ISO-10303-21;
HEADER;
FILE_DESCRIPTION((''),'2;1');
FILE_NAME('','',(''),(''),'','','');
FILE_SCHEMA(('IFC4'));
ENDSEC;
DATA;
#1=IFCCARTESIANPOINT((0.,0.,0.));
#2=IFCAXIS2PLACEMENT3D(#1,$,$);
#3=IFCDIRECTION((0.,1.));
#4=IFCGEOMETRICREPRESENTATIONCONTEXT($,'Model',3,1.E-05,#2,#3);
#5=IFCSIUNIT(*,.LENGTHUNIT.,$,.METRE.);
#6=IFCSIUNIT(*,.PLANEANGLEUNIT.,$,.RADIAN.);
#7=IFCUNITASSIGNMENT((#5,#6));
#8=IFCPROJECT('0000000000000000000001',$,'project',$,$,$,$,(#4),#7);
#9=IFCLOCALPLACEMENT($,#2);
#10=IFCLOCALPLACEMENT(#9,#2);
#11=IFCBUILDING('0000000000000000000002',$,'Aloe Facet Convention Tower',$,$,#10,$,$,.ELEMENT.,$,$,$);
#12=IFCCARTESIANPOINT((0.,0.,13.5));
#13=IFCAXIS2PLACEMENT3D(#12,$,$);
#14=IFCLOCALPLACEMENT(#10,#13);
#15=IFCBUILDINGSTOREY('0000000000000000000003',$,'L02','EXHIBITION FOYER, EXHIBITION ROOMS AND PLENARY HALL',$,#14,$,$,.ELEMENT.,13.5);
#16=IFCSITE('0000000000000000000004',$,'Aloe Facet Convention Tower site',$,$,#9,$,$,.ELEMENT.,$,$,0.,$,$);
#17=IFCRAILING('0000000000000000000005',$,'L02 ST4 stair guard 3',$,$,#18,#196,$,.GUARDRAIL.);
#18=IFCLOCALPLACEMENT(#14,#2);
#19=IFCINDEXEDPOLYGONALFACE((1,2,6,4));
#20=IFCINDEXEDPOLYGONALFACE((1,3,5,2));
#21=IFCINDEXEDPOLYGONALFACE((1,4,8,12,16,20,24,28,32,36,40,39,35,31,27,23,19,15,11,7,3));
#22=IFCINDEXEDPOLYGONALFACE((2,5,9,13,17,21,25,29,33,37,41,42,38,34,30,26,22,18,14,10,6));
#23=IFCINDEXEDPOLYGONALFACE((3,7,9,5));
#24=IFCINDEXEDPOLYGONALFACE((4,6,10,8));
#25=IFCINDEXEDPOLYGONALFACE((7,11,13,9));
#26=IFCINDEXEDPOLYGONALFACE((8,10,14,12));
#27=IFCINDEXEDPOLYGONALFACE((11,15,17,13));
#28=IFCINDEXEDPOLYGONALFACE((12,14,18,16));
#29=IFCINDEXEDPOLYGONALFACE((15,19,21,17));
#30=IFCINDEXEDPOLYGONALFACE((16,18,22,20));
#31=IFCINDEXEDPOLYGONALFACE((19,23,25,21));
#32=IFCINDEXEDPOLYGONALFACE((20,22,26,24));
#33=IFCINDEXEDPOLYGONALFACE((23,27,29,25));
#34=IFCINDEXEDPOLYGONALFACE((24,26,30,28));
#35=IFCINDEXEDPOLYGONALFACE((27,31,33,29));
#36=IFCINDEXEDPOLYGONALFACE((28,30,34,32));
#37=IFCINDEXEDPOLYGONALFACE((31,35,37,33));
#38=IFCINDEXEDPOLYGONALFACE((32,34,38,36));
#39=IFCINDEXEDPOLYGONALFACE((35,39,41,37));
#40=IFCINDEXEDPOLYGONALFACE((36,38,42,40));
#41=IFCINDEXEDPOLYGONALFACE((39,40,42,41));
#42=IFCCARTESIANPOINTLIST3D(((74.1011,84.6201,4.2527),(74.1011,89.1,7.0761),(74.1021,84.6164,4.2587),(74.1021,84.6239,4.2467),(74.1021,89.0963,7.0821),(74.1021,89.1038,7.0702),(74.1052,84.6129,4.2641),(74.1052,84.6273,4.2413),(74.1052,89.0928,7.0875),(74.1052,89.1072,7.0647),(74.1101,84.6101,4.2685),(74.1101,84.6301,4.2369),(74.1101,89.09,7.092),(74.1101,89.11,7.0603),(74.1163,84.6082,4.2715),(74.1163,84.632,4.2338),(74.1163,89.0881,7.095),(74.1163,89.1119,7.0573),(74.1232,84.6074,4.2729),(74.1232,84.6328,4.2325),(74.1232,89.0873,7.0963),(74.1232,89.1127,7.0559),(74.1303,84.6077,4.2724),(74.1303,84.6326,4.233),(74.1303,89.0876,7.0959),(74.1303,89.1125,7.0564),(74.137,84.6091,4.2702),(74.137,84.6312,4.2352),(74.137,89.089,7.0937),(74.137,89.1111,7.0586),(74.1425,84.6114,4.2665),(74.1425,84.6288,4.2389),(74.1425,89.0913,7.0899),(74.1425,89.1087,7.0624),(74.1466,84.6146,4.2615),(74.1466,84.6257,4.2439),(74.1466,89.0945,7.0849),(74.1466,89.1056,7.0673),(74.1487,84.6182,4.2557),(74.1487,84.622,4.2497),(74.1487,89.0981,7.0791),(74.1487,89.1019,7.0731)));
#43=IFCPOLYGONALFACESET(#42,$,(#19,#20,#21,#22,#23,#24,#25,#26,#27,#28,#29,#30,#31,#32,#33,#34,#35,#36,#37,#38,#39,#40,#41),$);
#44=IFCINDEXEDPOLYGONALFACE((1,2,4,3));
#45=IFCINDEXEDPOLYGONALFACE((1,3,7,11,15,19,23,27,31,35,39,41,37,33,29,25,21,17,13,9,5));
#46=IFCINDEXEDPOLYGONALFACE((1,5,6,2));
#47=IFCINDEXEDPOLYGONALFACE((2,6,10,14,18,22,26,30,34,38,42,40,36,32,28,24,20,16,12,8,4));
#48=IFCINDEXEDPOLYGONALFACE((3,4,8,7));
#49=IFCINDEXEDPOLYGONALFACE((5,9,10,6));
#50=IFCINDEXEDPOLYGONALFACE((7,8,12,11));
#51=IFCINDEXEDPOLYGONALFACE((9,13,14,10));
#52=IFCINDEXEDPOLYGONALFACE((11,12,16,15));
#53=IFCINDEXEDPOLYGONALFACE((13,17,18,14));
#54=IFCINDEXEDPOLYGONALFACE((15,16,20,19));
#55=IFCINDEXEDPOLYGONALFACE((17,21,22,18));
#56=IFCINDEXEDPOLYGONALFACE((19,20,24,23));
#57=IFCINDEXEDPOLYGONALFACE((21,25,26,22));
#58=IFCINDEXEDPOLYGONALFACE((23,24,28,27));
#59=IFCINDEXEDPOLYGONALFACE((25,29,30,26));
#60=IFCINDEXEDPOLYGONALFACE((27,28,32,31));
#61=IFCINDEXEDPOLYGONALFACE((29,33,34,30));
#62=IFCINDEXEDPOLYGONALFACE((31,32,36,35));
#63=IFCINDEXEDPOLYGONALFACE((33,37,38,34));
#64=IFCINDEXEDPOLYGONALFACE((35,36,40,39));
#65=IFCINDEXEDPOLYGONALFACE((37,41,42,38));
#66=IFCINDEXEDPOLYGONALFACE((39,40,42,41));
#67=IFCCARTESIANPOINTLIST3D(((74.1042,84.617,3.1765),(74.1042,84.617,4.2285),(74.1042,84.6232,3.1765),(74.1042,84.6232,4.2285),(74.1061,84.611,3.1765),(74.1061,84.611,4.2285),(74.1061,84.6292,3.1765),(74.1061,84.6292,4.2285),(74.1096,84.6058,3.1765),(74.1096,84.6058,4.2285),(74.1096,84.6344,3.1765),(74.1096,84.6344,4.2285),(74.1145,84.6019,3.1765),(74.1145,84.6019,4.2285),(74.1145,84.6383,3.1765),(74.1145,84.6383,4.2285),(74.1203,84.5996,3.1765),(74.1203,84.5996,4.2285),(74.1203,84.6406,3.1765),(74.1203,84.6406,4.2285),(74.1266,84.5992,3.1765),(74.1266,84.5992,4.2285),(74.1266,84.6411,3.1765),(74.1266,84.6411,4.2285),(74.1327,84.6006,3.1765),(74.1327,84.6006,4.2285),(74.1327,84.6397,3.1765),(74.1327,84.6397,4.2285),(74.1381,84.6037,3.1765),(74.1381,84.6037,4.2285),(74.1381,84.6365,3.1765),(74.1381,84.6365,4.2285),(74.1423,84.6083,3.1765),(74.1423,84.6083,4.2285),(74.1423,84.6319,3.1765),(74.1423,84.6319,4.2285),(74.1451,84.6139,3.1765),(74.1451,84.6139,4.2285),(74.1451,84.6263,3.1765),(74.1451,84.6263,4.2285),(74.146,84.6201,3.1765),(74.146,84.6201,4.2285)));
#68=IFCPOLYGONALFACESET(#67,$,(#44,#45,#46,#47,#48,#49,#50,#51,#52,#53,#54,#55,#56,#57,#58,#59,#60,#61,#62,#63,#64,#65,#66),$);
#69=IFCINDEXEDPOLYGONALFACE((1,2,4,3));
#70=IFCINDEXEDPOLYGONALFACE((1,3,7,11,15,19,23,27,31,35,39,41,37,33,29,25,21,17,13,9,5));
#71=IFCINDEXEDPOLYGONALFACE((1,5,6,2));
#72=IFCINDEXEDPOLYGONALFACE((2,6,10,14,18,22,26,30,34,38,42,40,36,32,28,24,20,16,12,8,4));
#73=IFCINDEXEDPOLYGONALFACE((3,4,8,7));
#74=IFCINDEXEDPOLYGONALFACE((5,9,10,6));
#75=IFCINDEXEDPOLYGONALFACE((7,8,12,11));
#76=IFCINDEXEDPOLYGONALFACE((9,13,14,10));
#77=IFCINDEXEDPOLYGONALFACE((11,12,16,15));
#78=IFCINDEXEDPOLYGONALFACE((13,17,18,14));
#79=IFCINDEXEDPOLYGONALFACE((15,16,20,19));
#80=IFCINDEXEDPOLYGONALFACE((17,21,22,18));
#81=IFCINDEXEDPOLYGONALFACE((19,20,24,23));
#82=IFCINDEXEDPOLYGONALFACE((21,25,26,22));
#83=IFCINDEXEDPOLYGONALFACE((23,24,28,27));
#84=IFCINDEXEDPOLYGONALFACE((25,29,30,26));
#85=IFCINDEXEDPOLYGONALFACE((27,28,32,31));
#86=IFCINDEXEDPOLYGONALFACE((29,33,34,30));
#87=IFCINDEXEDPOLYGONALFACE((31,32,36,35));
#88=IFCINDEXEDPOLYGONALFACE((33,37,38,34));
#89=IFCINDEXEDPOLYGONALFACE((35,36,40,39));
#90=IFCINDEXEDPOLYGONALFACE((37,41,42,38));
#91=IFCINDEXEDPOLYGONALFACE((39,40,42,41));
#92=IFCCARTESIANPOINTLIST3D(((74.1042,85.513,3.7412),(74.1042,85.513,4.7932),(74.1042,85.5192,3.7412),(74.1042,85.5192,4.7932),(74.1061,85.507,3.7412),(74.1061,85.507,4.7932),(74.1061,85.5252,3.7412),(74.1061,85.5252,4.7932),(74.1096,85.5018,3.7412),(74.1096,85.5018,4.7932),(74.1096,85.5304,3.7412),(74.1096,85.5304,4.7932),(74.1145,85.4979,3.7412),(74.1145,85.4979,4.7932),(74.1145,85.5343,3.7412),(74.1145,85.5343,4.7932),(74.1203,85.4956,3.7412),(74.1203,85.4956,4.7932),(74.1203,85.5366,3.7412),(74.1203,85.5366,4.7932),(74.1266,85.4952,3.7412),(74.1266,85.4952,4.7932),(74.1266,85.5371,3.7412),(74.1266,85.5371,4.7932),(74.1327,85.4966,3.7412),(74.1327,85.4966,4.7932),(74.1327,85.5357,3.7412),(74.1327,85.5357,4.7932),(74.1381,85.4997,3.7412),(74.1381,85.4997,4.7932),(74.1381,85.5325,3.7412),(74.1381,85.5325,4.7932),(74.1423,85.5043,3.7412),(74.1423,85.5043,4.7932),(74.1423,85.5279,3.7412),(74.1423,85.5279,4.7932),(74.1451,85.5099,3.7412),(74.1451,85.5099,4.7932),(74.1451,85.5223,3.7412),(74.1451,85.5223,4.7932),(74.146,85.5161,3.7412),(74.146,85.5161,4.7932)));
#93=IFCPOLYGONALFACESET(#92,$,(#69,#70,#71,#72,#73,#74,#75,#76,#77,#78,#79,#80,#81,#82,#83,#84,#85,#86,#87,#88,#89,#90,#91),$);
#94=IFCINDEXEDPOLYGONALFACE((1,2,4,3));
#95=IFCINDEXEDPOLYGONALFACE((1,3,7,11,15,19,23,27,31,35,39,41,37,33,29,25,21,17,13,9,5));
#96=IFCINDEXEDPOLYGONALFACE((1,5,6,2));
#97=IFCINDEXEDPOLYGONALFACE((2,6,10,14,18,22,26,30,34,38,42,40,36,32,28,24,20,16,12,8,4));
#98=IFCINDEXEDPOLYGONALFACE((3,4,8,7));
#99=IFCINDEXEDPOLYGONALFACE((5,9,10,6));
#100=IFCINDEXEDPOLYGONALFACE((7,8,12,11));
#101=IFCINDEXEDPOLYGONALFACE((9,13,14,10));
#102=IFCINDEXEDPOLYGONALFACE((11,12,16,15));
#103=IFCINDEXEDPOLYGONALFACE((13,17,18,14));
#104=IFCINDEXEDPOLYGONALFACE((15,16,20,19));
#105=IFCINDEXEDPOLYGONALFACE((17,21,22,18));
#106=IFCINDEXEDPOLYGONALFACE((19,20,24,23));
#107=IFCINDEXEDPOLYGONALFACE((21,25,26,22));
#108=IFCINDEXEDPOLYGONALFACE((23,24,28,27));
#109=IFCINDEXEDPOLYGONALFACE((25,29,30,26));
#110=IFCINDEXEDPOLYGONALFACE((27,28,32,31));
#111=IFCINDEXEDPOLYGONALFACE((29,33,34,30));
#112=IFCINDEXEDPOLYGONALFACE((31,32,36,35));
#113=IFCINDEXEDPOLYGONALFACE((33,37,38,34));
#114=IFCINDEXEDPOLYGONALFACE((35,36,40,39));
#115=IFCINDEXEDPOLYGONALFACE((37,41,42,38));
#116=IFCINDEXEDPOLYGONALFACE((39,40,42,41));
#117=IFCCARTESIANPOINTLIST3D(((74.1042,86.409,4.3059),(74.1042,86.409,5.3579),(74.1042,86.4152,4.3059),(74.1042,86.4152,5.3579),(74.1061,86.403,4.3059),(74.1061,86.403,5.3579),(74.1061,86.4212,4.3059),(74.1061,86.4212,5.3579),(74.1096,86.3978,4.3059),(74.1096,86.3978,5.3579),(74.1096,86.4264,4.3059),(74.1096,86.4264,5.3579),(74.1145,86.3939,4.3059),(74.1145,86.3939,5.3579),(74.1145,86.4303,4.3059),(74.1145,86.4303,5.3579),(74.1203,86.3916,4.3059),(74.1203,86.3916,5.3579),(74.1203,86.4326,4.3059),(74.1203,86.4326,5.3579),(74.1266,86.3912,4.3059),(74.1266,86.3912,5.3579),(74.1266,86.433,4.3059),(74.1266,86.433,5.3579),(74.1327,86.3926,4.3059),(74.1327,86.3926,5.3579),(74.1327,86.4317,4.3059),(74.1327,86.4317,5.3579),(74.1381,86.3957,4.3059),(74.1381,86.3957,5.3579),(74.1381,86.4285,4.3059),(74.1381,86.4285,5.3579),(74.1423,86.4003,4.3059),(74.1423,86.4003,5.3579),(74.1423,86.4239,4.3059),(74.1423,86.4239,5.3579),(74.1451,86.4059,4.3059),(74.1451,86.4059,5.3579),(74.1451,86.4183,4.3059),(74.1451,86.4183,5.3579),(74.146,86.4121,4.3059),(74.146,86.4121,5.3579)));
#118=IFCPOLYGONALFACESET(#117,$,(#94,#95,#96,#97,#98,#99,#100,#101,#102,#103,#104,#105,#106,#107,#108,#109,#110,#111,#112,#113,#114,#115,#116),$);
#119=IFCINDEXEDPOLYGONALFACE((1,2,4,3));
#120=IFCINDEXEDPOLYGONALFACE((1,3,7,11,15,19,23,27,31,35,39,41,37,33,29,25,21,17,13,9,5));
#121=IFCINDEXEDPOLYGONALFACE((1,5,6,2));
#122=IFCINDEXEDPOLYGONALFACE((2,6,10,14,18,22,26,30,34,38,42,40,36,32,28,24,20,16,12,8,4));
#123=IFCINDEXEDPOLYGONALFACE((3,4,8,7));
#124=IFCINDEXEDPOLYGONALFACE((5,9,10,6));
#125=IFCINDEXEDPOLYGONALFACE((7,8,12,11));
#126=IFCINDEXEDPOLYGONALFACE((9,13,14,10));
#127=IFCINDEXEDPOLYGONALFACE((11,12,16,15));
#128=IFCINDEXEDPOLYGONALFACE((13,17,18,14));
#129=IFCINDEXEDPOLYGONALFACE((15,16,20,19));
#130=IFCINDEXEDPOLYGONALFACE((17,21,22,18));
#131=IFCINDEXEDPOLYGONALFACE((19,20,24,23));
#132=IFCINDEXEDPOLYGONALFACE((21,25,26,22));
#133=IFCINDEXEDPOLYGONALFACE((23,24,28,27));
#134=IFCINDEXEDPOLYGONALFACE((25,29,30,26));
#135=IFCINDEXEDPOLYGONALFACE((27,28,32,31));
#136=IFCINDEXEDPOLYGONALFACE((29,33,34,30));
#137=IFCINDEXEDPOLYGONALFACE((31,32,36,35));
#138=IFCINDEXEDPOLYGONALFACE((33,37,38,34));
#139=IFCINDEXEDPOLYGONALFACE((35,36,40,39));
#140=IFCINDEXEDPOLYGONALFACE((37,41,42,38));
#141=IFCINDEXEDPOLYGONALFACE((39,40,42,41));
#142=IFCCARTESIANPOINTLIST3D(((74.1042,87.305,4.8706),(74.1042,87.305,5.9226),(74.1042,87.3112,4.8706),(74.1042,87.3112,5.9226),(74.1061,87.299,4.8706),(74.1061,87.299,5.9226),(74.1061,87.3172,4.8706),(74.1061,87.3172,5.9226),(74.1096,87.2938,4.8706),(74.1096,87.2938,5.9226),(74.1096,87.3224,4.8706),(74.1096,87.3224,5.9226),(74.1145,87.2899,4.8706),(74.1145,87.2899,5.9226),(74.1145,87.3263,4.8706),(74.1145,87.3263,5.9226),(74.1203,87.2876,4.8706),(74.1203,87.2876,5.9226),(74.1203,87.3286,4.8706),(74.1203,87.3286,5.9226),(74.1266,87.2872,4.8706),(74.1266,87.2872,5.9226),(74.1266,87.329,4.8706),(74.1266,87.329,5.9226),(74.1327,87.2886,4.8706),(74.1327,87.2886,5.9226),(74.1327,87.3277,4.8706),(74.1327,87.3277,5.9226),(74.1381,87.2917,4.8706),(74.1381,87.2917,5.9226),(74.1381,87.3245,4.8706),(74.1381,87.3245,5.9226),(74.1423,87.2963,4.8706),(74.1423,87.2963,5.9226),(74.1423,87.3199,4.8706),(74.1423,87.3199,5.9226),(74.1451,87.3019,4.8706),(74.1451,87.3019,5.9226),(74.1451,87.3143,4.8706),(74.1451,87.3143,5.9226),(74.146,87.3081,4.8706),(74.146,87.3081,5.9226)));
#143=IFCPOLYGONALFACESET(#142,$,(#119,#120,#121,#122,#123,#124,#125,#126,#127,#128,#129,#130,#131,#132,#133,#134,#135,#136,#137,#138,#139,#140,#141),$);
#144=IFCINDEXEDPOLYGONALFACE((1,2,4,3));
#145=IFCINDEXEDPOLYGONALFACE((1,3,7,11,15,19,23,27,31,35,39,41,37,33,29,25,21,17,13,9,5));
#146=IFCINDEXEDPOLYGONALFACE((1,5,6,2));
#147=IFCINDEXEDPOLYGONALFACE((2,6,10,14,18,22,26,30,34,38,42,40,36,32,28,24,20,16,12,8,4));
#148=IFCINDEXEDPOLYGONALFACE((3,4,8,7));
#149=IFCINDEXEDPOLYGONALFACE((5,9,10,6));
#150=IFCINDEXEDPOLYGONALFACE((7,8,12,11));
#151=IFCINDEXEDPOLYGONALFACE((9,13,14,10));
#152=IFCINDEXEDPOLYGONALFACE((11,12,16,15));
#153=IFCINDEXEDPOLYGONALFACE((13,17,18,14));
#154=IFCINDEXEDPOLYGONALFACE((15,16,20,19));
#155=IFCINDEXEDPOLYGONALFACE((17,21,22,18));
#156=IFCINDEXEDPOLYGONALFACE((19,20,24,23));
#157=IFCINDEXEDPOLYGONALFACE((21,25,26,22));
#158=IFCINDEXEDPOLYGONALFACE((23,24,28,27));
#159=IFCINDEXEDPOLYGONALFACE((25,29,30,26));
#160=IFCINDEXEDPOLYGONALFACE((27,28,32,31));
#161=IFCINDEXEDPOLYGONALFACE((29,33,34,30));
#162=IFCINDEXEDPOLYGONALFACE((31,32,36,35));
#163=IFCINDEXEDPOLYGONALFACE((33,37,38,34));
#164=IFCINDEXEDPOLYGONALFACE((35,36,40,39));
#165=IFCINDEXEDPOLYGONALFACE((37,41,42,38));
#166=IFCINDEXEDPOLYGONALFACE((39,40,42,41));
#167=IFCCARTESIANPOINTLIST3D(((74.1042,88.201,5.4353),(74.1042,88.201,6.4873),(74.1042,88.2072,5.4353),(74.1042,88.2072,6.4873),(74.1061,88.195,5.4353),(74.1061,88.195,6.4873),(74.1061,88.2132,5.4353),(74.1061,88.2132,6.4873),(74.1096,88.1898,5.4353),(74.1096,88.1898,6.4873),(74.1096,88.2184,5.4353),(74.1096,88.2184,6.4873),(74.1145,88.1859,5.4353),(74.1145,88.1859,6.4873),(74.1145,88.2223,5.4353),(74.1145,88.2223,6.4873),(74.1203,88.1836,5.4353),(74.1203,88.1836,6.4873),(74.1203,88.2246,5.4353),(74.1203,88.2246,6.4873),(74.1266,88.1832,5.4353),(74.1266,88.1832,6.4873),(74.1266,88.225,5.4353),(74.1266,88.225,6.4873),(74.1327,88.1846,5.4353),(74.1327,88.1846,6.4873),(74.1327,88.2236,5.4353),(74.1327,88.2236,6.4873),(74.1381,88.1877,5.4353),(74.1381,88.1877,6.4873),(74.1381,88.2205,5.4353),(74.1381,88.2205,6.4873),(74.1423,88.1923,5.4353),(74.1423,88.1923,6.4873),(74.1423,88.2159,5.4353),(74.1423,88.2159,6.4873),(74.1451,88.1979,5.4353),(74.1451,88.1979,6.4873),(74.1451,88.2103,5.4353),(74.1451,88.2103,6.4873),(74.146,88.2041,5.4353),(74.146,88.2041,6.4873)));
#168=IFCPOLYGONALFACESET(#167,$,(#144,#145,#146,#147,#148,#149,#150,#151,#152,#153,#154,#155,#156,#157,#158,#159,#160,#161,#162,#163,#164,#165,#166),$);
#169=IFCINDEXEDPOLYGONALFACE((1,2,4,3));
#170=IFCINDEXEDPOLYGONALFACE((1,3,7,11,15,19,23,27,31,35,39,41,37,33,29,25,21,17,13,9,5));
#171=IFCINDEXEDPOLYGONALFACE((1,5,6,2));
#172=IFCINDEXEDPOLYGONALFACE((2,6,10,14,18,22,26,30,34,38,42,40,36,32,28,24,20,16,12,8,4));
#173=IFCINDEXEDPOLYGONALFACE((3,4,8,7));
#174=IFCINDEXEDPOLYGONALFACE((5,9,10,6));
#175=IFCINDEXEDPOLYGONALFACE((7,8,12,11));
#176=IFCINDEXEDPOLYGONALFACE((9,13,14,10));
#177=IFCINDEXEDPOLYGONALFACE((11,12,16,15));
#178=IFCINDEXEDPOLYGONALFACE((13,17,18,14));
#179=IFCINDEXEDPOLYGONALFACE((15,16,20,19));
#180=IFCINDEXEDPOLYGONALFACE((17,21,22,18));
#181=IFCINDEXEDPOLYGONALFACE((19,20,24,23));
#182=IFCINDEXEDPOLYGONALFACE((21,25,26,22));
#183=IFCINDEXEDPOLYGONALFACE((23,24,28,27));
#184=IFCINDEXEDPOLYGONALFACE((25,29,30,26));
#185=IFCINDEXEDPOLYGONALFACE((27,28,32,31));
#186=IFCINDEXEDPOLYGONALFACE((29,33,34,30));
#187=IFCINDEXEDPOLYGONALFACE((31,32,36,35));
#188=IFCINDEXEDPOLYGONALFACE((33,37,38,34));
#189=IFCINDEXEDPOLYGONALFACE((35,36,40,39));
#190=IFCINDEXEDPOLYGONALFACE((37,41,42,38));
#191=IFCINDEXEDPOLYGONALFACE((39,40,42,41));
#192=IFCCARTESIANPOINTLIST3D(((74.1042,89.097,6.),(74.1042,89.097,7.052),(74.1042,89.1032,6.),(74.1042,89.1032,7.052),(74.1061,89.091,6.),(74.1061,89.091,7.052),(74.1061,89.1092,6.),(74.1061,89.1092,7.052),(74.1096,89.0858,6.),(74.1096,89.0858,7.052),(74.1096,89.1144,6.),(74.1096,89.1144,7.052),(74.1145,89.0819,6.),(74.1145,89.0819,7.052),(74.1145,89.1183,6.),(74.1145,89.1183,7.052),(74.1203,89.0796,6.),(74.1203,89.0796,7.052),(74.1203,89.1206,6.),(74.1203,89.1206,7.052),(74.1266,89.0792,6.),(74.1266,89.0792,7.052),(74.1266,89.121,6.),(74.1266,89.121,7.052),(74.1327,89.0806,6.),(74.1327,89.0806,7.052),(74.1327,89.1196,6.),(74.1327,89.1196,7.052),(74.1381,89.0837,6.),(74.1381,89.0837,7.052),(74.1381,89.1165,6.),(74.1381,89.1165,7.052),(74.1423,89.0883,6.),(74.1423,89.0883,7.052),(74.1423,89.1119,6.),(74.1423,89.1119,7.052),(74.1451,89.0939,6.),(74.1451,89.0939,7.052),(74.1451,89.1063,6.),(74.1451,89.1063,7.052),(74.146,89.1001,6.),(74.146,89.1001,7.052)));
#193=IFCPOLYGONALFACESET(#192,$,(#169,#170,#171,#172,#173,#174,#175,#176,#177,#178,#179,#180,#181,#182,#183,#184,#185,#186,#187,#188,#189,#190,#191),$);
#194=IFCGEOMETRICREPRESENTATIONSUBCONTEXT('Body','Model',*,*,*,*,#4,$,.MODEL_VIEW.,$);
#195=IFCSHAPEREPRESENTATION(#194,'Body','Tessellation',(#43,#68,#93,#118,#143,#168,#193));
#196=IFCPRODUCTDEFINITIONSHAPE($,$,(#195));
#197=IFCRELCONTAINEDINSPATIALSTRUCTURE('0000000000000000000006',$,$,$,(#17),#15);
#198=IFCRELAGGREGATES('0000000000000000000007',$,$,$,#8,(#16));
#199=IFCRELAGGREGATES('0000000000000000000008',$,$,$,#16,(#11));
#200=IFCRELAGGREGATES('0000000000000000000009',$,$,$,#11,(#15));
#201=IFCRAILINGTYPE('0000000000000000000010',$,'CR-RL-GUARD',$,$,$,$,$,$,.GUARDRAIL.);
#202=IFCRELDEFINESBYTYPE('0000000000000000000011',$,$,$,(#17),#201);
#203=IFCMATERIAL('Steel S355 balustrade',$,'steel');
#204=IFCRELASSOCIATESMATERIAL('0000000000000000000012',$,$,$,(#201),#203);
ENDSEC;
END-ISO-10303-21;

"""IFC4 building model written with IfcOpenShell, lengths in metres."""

from ifc_helpers import new_model, si_unit, direction, frame, origin, origin_2d, place, context, subcontext, project, spatial, circle, extrude, material, type_object, element, save


model = new_model("IFC4")

# Units and contexts
model_context = context("Model", 3, precision=1e-05, world=origin(), true_north=direction((0.0, 1.0)))
body_context = subcontext(model_context, "Body", "Model", "MODEL_VIEW")
ifc_project = project(units=[si_unit("LENGTHUNIT", "METRE"), si_unit("PLANEANGLEUNIT", "RADIAN")], contexts=[model_context])

# Site, building, storey
site_placement = place(None, origin())
site = spatial("IfcSite", under=ifc_project, at=site_placement, Name="Aloe Facet Convention Tower site", CompositionType="ELEMENT", RefElevation=0.0)
building_placement = place(site_placement, origin())
building = spatial("IfcBuilding", under=site, at=building_placement, Name="Aloe Facet Convention Tower", CompositionType="ELEMENT")
storey_placement = place(building_placement, frame((0.0, 0.0, 13.5)))
storey = spatial("IfcBuildingStorey", under=building, at=storey_placement, Name="L02", Description="EXHIBITION FOYER, EXHIBITION ROOMS AND PLENARY HALL", CompositionType="ELEMENT", Elevation=13.5)

# Railing
ifc_material_1 = material(Name="Steel S355 balustrade", Category="steel")
railing_type_1 = type_object("IfcRailingType", Name="CR-RL-GUARD", PredefinedType="GUARDRAIL", material=ifc_material_1)
railing_1_placement = place(storey_placement, frame((74.125, 84.6201, 3.1765)))
element("IfcRailing", 1, at=railing_1_placement, inside=storey, type_object=railing_type_1, Name="L02 ST4 stair guard 3", PredefinedType="GUARDRAIL", context=body_context, shape_type="SweptSolid", body=[
    extrude(circle(Radius=0.0239, at=origin_2d()), frame((0.0, 0.0, 1.0762), z_axis=(0.0, 0.845998, 0.533186), x_axis=(-1.0, 0.0, 0.0)), (0.0, 0.0, 1.0), 5.2954),
    extrude(circle(Radius=0.021, at=origin_2d()), origin(), (0.0, 0.0, 1.0), 1.052),
    extrude(circle(Radius=0.021, at=origin_2d()), frame((0.0, 0.896, 0.5647)), (0.0, 0.0, 1.0), 1.052),
    extrude(circle(Radius=0.021, at=origin_2d()), frame((0.0, 1.792, 1.1294)), (0.0, 0.0, 1.0), 1.052),
    extrude(circle(Radius=0.021, at=origin_2d()), frame((0.0, 2.688, 1.6941)), (0.0, 0.0, 1.0), 1.052),
    extrude(circle(Radius=0.021, at=origin_2d()), frame((0.0, 3.584, 2.2588)), (0.0, 0.0, 1.0), 1.052),
    extrude(circle(Radius=0.021, at=origin_2d()), frame((0.0, 4.48, 2.8235)), (0.0, 0.0, 1.0), 1.052),
])

save(model, "model.ifc")
